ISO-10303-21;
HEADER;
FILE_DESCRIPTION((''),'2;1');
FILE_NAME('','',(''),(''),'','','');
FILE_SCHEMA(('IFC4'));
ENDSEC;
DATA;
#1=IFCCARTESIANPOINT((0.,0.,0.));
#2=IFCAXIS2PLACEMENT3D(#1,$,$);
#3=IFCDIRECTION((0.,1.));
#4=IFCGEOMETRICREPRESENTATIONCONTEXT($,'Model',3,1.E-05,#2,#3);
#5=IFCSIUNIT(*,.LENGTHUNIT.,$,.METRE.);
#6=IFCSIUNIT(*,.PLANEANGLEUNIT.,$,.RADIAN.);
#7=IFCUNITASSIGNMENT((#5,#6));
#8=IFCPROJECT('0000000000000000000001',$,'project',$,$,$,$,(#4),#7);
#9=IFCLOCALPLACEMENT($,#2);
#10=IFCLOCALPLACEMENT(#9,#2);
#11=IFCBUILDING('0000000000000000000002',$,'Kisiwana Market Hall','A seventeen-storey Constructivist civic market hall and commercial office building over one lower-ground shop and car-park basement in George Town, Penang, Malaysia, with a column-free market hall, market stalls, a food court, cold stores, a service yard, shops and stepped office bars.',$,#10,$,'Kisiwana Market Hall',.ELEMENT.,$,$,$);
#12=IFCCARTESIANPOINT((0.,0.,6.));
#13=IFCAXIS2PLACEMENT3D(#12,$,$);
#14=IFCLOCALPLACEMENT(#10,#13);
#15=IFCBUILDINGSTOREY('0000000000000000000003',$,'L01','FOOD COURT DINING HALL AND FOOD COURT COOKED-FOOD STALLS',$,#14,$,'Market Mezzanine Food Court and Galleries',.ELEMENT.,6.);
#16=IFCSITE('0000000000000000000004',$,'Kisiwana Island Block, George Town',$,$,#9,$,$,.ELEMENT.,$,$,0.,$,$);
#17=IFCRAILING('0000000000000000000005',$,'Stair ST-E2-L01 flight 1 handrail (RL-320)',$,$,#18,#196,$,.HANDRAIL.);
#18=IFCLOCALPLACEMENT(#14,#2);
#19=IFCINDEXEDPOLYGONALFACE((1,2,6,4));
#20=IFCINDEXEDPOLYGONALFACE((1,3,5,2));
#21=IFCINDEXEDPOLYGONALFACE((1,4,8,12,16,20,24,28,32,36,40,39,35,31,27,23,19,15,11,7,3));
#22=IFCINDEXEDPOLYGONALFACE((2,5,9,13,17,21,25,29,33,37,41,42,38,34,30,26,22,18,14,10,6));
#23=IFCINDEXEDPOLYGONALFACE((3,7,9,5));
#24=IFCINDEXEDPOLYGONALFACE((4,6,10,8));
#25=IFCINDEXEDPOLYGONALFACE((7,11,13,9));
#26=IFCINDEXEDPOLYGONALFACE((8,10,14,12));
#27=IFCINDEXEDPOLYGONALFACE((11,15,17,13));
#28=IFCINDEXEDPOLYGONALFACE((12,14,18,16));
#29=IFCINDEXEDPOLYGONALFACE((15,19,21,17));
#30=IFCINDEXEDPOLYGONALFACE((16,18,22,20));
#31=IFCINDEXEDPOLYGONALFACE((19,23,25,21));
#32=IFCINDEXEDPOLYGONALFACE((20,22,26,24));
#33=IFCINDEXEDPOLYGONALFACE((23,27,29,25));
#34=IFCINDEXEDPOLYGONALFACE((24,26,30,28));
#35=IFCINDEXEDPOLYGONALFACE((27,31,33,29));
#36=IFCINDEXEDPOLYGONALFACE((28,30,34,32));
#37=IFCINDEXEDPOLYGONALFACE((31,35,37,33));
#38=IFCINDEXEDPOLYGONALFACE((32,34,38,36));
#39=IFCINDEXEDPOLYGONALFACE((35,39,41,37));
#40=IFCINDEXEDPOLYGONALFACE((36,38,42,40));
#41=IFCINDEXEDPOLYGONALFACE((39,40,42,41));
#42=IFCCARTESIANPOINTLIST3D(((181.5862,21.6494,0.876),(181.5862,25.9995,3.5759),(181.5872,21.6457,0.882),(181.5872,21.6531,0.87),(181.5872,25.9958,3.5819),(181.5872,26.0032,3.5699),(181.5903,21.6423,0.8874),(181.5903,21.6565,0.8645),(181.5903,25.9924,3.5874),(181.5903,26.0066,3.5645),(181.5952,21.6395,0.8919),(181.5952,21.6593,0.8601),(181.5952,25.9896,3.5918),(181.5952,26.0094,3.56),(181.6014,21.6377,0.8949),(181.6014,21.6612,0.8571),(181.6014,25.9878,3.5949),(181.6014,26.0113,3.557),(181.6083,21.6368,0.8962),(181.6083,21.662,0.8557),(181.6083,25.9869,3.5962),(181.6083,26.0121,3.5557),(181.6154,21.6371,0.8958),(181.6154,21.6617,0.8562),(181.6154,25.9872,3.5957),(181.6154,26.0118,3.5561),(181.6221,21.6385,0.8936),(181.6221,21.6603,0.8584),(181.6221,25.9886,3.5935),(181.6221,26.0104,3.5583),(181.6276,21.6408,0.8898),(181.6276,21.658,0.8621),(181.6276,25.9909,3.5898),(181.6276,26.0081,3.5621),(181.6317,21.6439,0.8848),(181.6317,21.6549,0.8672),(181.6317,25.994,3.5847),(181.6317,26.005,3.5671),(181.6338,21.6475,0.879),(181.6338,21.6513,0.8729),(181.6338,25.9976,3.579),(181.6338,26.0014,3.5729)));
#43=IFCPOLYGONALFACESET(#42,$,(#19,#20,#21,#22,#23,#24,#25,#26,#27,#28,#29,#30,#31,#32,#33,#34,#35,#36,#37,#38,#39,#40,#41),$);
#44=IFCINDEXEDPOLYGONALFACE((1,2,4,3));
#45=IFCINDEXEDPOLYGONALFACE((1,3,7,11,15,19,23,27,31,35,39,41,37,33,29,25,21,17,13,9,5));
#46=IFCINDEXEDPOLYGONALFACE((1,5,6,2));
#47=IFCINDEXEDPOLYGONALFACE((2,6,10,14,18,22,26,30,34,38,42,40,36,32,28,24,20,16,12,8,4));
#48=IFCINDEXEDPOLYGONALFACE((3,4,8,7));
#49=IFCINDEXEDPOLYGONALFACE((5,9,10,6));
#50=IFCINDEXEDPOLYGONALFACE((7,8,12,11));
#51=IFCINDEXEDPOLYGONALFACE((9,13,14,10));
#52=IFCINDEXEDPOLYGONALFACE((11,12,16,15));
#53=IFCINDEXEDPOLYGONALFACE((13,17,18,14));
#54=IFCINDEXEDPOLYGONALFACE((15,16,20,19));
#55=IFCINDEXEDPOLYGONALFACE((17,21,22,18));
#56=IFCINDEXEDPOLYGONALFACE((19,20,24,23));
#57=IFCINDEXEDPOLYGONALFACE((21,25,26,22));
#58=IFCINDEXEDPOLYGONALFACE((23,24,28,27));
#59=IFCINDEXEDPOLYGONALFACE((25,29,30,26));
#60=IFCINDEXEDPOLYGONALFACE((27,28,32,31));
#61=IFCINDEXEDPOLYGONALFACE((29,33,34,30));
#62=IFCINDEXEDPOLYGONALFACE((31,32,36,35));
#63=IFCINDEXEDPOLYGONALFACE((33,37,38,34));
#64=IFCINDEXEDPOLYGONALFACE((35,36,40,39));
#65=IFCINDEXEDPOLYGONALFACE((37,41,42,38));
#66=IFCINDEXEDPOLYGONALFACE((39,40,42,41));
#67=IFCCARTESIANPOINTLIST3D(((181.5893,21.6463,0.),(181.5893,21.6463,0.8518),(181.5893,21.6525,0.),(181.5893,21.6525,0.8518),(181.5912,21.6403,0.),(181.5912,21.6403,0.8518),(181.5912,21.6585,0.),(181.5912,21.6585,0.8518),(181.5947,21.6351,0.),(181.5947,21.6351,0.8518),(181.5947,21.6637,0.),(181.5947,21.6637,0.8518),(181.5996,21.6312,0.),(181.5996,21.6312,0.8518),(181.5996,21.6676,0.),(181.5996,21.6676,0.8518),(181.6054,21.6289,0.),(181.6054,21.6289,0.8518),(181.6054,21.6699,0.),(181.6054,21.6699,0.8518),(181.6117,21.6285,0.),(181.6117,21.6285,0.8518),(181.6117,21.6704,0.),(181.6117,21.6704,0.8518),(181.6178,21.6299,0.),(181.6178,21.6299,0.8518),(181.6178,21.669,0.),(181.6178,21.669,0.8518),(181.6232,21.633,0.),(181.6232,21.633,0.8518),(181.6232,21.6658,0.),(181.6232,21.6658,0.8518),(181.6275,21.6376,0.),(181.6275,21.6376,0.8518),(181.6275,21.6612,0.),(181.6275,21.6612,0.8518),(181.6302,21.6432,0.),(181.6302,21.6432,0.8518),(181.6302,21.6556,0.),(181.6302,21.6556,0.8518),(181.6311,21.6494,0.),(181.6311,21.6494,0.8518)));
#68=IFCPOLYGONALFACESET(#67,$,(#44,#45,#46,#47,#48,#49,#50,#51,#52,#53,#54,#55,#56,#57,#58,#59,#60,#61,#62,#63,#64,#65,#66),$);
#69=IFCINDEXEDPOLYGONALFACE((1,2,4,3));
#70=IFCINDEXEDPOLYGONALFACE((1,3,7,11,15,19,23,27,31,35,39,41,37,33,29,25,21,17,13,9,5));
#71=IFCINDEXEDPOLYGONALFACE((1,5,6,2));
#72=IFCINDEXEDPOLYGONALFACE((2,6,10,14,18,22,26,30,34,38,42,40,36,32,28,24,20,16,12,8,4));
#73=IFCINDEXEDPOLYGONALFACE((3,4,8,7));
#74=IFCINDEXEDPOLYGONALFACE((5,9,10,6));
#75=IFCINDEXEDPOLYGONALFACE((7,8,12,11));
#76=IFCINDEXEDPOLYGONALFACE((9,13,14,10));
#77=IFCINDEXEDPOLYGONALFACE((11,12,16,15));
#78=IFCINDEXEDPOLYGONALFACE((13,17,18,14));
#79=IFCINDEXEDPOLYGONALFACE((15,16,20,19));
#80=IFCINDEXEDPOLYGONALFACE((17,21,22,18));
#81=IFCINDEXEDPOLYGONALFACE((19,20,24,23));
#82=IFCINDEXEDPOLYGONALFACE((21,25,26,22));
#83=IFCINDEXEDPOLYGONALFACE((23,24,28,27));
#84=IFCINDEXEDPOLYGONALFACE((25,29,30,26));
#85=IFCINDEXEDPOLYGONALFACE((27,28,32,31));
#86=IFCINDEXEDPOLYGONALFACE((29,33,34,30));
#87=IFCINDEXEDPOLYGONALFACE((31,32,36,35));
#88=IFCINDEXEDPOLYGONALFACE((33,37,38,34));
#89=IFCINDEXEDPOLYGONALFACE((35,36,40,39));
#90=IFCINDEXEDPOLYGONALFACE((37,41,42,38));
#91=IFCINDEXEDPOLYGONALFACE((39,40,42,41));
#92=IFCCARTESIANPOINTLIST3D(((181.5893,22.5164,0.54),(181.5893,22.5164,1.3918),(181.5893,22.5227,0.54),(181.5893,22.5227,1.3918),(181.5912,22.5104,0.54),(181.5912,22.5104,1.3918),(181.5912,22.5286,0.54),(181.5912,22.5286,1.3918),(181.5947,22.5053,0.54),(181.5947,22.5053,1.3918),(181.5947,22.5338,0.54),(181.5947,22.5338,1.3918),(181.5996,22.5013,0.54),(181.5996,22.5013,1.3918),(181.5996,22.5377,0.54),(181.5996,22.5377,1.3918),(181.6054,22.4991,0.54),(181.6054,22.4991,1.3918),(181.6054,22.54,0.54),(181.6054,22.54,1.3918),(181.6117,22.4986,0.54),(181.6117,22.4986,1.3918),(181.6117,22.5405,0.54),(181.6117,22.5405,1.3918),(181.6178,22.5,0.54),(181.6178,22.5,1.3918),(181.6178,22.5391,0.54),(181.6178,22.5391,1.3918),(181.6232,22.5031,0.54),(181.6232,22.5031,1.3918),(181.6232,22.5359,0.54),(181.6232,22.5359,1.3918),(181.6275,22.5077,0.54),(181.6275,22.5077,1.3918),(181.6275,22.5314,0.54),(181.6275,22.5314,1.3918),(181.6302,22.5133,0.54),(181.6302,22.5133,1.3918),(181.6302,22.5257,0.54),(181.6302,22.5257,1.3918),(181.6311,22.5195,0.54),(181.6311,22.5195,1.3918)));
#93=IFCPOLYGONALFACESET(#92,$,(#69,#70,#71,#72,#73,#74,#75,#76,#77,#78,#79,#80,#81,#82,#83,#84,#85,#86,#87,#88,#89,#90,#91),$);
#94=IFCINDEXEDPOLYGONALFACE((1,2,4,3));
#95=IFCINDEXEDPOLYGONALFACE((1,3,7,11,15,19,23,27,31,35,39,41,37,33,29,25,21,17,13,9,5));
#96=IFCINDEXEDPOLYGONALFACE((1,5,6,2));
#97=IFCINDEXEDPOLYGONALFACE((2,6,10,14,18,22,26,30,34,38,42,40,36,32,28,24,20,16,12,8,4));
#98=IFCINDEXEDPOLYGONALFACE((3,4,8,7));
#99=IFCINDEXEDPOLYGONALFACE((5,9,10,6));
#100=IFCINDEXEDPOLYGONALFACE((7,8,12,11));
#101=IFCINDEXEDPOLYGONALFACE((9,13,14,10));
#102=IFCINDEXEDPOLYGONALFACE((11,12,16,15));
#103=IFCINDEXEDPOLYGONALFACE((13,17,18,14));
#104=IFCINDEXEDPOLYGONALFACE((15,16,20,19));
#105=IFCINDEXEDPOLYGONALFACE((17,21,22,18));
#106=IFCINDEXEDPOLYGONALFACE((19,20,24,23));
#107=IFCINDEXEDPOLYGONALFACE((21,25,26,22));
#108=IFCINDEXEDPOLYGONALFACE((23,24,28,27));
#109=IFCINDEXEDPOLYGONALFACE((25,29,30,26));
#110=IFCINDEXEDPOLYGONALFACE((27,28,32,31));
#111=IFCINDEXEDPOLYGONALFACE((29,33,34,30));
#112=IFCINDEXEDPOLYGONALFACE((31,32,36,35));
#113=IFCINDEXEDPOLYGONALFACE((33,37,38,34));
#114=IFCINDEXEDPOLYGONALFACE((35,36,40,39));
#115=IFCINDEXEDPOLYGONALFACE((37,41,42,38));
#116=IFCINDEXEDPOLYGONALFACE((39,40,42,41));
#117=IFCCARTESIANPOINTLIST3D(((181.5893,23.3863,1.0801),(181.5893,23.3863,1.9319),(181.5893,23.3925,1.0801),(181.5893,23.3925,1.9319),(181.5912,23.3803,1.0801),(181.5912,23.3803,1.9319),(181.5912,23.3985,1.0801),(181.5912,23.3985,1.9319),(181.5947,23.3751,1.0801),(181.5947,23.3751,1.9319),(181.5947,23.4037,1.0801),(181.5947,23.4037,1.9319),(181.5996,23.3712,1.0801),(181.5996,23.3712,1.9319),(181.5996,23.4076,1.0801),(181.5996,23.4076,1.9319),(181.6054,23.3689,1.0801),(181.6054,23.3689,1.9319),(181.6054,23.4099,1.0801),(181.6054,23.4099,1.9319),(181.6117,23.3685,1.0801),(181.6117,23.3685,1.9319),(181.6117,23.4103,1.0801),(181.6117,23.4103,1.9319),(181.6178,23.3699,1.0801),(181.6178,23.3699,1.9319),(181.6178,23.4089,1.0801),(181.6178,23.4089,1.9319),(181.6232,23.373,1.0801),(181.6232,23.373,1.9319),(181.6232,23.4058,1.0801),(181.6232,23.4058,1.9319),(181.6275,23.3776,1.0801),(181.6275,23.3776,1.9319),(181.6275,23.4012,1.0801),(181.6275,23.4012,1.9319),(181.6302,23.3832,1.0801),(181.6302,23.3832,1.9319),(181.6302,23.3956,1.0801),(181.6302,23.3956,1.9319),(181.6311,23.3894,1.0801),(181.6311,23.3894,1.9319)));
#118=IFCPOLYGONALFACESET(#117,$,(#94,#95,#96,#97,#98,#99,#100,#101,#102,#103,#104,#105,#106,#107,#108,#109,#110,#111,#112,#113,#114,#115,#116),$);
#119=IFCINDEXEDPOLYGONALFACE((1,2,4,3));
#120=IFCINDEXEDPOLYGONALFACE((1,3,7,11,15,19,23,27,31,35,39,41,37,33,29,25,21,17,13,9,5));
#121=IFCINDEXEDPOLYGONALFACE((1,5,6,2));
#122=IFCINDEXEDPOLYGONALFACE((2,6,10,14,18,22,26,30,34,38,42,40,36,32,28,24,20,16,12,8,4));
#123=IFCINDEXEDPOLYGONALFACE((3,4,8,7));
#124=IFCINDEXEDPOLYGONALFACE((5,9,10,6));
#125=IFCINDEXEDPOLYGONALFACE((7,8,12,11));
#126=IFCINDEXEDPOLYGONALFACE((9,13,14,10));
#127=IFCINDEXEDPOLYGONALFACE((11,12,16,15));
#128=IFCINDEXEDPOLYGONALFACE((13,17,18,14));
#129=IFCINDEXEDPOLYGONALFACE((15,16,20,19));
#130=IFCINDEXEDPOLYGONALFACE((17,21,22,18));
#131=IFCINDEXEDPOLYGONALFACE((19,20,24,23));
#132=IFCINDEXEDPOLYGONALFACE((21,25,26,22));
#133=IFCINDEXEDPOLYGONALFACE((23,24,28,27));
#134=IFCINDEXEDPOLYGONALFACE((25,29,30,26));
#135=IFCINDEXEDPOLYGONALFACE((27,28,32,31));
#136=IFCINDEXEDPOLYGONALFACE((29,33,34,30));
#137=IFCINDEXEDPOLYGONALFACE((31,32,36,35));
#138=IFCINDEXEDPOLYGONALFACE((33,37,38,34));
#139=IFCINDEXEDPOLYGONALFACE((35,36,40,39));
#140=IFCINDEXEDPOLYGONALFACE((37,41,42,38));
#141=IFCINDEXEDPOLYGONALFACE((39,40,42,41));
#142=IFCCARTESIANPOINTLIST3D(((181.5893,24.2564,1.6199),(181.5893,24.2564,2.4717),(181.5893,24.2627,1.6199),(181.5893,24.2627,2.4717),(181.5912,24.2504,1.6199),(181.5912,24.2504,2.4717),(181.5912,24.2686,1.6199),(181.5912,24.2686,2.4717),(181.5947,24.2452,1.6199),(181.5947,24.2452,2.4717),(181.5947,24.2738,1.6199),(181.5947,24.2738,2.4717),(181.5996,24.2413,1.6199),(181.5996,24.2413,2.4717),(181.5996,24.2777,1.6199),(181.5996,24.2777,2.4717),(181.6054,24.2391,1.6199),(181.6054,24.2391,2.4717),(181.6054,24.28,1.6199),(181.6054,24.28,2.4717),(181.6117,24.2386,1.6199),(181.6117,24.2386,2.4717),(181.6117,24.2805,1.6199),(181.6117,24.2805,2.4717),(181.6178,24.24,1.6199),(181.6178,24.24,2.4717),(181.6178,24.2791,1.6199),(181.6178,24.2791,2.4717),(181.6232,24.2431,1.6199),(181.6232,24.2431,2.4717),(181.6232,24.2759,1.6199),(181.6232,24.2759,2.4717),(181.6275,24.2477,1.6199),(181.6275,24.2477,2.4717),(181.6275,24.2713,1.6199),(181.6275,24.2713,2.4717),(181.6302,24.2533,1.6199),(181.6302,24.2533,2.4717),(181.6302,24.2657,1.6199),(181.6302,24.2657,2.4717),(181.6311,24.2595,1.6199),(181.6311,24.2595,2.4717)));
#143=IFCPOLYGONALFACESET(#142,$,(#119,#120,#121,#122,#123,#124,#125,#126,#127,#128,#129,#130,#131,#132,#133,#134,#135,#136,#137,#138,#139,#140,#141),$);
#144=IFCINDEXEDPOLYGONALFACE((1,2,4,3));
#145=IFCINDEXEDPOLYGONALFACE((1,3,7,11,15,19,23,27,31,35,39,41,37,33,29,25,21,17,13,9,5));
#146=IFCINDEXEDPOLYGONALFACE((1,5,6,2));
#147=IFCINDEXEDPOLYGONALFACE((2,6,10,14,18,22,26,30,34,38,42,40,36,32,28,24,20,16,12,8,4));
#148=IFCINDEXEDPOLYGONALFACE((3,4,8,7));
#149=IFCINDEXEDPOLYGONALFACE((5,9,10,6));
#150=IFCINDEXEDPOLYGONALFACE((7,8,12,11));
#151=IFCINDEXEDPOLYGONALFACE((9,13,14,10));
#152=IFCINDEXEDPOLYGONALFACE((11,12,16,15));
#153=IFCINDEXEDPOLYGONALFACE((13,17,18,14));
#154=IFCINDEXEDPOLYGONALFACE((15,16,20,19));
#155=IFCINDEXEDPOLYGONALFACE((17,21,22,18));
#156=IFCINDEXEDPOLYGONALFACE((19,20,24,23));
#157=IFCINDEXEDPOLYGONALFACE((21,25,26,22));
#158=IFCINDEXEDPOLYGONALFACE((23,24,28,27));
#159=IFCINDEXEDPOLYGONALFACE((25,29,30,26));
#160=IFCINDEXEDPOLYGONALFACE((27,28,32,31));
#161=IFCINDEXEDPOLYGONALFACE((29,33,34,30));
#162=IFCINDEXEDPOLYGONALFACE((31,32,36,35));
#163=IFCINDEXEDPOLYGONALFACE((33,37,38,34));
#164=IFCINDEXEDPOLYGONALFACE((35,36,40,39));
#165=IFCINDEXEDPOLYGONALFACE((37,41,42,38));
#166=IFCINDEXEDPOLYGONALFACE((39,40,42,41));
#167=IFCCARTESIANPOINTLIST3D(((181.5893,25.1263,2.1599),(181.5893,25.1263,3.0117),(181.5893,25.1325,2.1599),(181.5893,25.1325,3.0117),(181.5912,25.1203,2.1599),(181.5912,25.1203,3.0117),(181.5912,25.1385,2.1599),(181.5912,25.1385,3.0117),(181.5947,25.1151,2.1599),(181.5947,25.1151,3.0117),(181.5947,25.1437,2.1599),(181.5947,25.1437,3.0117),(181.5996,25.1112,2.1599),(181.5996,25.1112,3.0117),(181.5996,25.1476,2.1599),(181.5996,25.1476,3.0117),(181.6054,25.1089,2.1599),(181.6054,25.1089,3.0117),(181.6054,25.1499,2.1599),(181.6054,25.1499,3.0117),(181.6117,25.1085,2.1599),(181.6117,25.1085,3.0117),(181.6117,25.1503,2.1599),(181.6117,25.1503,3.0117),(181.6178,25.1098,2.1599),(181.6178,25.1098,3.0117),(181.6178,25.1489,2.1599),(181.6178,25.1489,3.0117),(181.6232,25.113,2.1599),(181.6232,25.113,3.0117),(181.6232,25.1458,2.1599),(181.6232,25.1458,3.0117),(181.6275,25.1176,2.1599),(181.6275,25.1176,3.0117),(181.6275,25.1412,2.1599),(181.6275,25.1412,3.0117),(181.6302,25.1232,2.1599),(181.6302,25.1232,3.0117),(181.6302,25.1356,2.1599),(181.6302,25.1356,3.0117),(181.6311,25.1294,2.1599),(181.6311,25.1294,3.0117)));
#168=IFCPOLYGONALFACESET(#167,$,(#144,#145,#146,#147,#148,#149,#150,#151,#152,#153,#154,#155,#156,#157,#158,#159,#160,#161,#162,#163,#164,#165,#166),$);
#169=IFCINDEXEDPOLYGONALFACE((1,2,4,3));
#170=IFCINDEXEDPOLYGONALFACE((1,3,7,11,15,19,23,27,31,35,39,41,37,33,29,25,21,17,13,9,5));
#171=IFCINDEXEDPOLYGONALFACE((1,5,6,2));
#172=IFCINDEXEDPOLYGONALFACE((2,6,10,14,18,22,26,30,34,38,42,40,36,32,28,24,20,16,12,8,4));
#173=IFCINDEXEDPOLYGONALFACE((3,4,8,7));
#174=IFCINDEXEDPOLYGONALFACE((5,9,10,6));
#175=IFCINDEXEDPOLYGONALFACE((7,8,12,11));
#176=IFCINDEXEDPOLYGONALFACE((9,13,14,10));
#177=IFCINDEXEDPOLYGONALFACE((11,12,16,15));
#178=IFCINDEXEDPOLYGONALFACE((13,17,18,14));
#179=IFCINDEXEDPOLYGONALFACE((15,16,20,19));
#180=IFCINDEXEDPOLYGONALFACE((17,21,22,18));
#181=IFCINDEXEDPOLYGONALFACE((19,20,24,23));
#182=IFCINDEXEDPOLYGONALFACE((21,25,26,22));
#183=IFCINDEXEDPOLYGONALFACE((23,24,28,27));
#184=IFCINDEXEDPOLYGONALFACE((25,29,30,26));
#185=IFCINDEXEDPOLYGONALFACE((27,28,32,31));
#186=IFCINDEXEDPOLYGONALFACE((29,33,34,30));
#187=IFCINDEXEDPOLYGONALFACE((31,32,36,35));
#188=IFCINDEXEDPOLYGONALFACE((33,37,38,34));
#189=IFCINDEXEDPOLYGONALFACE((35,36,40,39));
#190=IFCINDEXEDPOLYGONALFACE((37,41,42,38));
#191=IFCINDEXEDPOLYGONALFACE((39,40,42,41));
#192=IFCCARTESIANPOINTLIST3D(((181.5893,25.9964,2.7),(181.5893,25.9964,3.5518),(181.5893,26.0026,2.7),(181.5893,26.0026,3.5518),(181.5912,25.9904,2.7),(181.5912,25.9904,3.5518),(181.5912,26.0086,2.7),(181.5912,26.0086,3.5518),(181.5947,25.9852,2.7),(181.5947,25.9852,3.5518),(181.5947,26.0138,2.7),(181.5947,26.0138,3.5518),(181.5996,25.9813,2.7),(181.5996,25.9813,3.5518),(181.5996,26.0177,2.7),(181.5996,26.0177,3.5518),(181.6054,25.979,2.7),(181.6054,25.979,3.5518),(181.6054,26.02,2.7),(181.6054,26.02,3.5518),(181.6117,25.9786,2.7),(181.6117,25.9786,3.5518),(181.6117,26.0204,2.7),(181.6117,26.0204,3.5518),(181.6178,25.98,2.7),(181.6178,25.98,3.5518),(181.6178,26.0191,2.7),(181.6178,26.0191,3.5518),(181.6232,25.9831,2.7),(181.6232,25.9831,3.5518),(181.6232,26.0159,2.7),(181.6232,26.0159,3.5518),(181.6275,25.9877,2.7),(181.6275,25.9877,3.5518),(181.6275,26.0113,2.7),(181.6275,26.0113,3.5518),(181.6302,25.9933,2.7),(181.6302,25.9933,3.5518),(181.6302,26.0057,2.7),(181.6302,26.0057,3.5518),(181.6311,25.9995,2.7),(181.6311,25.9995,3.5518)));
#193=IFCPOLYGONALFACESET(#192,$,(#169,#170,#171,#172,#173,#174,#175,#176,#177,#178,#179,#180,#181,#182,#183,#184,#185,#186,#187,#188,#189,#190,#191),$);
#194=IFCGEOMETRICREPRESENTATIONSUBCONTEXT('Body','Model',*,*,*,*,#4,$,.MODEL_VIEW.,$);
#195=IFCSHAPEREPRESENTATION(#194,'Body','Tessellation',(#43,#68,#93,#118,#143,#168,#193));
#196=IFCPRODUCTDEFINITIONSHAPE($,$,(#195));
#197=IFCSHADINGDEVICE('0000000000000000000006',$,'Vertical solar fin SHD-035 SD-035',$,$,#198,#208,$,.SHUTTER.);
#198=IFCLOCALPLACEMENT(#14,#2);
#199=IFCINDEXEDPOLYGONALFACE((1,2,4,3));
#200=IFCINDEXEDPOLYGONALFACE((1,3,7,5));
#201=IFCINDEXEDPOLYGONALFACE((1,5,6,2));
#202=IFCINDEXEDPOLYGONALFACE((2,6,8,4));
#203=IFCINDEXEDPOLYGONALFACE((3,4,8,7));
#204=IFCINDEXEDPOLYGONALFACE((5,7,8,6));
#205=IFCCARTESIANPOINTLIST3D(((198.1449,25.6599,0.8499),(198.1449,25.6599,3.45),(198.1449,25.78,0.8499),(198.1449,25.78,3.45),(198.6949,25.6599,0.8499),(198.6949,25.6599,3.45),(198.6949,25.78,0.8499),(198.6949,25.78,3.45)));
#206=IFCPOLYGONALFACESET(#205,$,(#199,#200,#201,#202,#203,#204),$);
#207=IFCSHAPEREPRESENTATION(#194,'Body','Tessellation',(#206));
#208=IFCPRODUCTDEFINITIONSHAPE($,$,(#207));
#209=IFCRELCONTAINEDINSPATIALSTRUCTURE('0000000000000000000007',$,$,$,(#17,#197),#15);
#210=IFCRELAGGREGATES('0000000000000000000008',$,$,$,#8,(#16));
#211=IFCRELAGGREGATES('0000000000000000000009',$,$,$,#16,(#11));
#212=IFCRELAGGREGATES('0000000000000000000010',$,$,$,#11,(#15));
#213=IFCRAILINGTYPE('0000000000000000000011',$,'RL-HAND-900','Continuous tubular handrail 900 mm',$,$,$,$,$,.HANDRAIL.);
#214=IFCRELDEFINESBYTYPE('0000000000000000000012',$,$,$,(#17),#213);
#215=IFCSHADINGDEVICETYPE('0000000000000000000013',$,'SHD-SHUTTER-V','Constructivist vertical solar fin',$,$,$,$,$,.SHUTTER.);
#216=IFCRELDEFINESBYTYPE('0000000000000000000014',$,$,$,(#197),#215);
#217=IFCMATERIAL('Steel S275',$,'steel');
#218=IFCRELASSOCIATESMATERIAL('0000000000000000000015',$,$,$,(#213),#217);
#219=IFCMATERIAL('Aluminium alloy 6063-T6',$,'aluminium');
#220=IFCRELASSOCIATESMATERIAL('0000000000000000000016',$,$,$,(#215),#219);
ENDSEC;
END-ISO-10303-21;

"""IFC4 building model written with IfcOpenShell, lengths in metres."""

from ifc_helpers import new_model, si_unit, direction, frame, origin, origin_2d, place, context, subcontext, project, spatial, rectangle, circle, extrude, material, type_object, element, save


model = new_model("IFC4")

# Units and contexts
model_context = context("Model", 3, precision=1e-05, world=origin(), true_north=direction((0.0, 1.0)))
body_context = subcontext(model_context, "Body", "Model", "MODEL_VIEW")
ifc_project = project(units=[si_unit("LENGTHUNIT", "METRE"), si_unit("PLANEANGLEUNIT", "RADIAN")], contexts=[model_context])

# Site, building, storey
site_placement = place(None, origin())
site = spatial("IfcSite", under=ifc_project, at=site_placement, Name="Kisiwana Island Block, George Town", CompositionType="ELEMENT", RefElevation=0.0)
building_placement = place(site_placement, origin())
building = spatial("IfcBuilding", under=site, at=building_placement, Name="Kisiwana Market Hall", Description="A seventeen-storey Constructivist civic market hall and commercial office building over one lower-ground shop and car-park basement in George Town, Penang, Malaysia, with a column-free market hall, market stalls, a food court, cold stores, a service yard, shops and stepped office bars.", LongName="Kisiwana Market Hall", CompositionType="ELEMENT")
storey_placement = place(building_placement, frame((0.0, 0.0, 6.0)))
storey = spatial("IfcBuildingStorey", under=building, at=storey_placement, Name="L01", Description="FOOD COURT DINING HALL AND FOOD COURT COOKED-FOOD STALLS", LongName="Market Mezzanine Food Court and Galleries", CompositionType="ELEMENT", Elevation=6.0)

# Railing
ifc_material_1 = material(Name="Steel S275", Category="steel")
railing_type_1 = type_object("IfcRailingType", Name="RL-HAND-900", Description="Continuous tubular handrail 900 mm", PredefinedType="HANDRAIL", material=ifc_material_1)
railing_1_placement = place(storey_placement, frame((181.6101, 21.6494, 0.0)))
element("IfcRailing", 1, at=railing_1_placement, inside=storey, type_object=railing_type_1, Name="Stair ST-E2-L01 flight 1 handrail (RL-320)", PredefinedType="HANDRAIL", context=body_context, shape_type="SweptSolid", body=[
    extrude(circle(Radius=0.0239, at=origin_2d()), frame((0.0, 0.0, 0.876), z_axis=(0.0, 0.84965, 0.527347), x_axis=(-1.0, 0.0, 0.0)), (0.0, 0.0, 1.0), 5.1199),
    extrude(circle(Radius=0.021, at=origin_2d()), origin(), (0.0, 0.0, 1.0), 0.8518),
    extrude(circle(Radius=0.021, at=origin_2d()), frame((0.0, 0.8701, 0.54)), (0.0, 0.0, 1.0), 0.8518),
    extrude(circle(Radius=0.021, at=origin_2d()), frame((0.0, 1.74, 1.0801)), (0.0, 0.0, 1.0), 0.8518),
    extrude(circle(Radius=0.021, at=origin_2d()), frame((0.0, 2.6101, 1.6199)), (0.0, 0.0, 1.0), 0.8518),
    extrude(circle(Radius=0.021, at=origin_2d()), frame((0.0, 3.48, 2.1599)), (0.0, 0.0, 1.0), 0.8518),
    extrude(circle(Radius=0.021, at=origin_2d()), frame((0.0, 4.3501, 2.7)), (0.0, 0.0, 1.0), 0.8518),
])

# Shading device
ifc_material_2 = material(Name="Aluminium alloy 6063-T6", Category="aluminium")
shading_device_type = type_object("IfcShadingDeviceType", Name="SHD-SHUTTER-V", Description="Constructivist vertical solar fin", PredefinedType="SHUTTER", material=ifc_material_2)
shading_device_placement = place(storey_placement, frame((198.4199, 25.72, 0.8499), z_axis=(0.0, 0.0, 1.0), x_axis=(0.0, 1.0, 0.0)))
element("IfcShadingDevice", 2, at=shading_device_placement, inside=storey, type_object=shading_device_type, Name="Vertical solar fin SHD-035 SD-035", PredefinedType="SHUTTER", context=body_context, shape_type="SweptSolid", body=[
    extrude(rectangle(XDim=0.1201, YDim=0.55, at=origin_2d()), origin(), (0.0, 0.0, 1.0), 2.6001),
])

save(model, "model.ifc")
